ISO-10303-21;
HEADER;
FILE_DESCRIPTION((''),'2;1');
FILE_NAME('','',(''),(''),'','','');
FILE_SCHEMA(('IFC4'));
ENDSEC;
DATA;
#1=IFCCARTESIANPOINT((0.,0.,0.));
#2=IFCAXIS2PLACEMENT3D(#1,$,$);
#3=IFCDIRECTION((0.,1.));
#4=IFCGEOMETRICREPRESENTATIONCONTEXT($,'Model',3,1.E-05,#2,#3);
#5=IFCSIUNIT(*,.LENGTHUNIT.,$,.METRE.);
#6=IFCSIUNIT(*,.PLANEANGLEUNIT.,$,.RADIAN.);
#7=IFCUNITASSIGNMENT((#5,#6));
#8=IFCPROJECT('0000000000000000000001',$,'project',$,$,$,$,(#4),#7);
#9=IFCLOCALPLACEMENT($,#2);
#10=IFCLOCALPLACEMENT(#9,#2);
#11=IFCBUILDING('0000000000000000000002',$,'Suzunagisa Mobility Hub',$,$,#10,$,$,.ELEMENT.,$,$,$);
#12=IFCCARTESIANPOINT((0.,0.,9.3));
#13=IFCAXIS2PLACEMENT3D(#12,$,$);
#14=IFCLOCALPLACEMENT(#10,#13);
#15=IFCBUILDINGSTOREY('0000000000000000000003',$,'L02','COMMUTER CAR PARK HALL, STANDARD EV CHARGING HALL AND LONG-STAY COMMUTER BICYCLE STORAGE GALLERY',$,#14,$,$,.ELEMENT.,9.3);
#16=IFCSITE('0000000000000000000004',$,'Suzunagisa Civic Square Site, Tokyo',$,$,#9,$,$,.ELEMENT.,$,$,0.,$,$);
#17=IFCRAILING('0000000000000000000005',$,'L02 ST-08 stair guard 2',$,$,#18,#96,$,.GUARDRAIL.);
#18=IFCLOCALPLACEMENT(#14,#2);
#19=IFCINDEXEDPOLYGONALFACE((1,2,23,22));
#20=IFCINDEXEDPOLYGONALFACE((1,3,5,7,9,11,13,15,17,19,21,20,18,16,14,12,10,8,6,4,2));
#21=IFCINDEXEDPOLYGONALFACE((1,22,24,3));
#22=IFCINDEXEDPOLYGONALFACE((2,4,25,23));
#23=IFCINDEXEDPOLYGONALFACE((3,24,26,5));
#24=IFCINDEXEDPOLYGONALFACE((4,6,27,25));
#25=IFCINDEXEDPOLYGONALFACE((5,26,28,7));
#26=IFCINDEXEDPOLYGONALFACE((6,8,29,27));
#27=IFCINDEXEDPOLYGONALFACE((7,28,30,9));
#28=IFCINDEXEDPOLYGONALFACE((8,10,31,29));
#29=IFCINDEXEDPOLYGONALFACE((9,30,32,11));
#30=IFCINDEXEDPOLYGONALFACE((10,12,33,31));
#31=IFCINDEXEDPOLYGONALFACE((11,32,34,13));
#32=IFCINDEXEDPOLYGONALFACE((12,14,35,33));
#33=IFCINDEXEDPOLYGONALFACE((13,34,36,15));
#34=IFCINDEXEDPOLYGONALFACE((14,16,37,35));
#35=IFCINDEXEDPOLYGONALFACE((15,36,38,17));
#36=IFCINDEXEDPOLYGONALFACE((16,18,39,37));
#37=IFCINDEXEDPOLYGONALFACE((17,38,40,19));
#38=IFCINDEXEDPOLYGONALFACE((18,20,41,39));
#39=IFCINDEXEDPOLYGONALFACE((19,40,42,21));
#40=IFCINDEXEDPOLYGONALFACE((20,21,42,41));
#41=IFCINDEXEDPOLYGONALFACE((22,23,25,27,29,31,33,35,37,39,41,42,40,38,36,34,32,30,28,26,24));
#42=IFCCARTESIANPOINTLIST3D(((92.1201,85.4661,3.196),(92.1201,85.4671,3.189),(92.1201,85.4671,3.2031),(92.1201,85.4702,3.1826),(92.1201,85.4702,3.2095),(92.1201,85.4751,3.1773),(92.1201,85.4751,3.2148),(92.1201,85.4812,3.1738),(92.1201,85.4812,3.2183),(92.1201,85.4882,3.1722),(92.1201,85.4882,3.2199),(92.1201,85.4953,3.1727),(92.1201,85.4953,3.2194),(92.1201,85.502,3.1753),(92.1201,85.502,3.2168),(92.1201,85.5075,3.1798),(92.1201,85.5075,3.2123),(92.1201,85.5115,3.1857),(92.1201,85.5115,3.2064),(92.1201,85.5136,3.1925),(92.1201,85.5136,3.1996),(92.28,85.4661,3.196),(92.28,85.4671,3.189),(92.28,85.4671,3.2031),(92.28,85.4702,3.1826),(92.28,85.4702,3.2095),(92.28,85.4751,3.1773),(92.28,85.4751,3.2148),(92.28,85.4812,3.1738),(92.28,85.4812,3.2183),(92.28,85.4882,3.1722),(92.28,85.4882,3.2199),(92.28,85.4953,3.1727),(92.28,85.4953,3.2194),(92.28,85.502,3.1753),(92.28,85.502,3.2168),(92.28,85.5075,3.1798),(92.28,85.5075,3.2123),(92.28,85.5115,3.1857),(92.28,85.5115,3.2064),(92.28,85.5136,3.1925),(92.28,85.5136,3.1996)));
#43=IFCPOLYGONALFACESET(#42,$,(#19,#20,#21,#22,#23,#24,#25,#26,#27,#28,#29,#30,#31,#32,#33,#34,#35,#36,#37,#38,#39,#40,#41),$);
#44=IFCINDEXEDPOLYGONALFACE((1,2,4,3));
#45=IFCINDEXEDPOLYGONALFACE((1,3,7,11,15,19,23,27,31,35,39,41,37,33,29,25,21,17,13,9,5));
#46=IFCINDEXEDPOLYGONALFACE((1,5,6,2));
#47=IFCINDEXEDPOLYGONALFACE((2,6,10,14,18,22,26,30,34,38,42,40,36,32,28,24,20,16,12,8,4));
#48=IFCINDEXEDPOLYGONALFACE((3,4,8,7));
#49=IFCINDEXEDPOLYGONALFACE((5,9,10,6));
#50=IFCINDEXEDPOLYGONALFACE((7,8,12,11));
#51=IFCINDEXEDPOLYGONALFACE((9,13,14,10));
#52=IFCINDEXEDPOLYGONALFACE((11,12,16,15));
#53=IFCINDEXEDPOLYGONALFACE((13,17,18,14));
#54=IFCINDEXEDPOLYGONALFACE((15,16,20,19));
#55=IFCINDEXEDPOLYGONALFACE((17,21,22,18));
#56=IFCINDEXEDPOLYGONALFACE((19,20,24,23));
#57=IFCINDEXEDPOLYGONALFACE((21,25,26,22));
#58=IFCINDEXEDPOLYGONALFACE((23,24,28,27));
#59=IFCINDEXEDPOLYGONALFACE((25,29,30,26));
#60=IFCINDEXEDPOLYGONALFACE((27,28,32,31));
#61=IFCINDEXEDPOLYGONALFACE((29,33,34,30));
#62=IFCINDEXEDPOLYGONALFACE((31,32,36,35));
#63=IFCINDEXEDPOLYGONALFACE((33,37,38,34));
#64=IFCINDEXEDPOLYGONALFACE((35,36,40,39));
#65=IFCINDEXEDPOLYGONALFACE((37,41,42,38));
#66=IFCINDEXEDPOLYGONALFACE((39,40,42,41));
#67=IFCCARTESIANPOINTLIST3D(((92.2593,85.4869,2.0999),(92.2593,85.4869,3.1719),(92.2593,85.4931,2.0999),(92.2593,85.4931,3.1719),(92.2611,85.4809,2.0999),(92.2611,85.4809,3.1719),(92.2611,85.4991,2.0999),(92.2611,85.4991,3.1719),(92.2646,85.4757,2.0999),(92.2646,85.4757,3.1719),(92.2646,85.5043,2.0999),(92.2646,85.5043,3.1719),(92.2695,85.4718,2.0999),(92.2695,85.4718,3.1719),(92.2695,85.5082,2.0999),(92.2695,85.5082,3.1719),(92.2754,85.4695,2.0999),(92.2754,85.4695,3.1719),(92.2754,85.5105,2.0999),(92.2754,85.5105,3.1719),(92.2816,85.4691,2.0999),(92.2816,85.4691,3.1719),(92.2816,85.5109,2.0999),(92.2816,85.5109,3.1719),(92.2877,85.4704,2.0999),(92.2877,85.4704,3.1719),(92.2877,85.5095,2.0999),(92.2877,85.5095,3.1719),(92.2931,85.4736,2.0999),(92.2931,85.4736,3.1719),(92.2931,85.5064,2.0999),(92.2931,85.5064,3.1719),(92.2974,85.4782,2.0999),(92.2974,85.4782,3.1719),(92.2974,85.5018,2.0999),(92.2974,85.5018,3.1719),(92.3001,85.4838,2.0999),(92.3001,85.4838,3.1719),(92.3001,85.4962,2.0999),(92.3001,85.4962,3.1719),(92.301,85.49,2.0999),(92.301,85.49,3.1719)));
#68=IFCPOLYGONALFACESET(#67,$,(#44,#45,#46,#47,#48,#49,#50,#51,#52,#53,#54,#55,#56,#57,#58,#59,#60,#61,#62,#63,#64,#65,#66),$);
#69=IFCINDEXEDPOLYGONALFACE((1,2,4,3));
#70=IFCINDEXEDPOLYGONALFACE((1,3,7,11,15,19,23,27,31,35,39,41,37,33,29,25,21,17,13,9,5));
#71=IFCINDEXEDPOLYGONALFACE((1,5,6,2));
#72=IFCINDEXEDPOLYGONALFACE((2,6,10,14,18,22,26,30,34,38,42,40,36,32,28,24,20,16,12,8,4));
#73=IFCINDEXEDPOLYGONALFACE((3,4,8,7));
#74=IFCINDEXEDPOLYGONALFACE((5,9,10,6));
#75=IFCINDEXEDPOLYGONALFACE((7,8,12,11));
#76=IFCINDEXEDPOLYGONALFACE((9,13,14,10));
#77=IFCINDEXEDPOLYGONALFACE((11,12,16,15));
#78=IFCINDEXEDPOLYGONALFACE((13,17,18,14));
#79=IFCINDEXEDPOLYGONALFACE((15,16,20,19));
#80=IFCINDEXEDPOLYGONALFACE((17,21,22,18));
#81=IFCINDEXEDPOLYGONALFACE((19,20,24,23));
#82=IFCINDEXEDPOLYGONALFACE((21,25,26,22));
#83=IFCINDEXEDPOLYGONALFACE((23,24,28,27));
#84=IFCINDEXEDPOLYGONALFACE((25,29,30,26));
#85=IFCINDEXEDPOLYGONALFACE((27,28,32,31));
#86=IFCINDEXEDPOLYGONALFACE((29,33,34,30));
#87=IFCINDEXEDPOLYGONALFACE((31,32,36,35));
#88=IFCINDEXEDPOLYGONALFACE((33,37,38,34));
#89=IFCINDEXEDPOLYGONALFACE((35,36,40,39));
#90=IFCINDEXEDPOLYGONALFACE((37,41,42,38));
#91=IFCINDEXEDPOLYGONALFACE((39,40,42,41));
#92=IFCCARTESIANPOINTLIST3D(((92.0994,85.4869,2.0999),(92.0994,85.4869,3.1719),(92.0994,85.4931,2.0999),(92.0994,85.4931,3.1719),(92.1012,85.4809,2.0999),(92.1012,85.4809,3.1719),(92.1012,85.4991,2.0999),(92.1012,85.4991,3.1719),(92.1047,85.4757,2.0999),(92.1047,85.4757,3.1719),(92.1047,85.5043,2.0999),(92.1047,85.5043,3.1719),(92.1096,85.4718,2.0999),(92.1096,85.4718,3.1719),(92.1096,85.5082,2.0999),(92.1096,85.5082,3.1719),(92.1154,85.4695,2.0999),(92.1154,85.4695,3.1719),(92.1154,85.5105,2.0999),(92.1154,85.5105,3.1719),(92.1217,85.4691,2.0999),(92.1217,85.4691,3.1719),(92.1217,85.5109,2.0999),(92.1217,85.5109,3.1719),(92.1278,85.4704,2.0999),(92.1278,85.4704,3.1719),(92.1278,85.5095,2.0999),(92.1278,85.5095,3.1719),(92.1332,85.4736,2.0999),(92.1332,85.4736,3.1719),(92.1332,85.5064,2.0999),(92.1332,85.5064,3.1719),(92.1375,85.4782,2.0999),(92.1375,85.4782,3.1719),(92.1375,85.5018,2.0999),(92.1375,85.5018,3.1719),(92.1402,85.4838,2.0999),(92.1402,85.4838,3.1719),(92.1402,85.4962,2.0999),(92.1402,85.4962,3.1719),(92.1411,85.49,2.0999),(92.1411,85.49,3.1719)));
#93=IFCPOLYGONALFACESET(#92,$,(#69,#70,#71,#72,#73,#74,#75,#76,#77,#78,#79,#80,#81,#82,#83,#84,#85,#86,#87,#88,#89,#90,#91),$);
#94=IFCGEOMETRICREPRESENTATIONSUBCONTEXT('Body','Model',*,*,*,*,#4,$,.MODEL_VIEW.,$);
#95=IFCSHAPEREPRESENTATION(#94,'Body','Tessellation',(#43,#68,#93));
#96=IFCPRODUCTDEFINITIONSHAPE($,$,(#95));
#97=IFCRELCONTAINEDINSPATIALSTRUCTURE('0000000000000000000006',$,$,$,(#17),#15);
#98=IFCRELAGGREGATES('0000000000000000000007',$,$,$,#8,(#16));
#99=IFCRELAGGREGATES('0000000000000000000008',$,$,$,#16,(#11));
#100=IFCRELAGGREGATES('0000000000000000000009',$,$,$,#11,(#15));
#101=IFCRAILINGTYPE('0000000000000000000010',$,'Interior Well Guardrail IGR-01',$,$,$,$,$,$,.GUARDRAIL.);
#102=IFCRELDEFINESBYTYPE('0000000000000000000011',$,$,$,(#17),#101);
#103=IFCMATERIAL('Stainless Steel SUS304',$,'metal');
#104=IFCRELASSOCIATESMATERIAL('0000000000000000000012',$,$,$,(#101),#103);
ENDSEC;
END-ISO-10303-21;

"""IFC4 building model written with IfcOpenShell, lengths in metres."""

from ifc_helpers import new_model, si_unit, direction, frame, origin, origin_2d, place, context, subcontext, project, spatial, circle, extrude, material, type_object, element, save


model = new_model("IFC4")

# Units and contexts
model_context = context("Model", 3, precision=1e-05, world=origin(), true_north=direction((0.0, 1.0)))
body_context = subcontext(model_context, "Body", "Model", "MODEL_VIEW")
ifc_project = project(units=[si_unit("LENGTHUNIT", "METRE"), si_unit("PLANEANGLEUNIT", "RADIAN")], contexts=[model_context])

# Site, building, storey
site_placement = place(None, origin())
site = spatial("IfcSite", under=ifc_project, at=site_placement, Name="Suzunagisa Civic Square Site, Tokyo", CompositionType="ELEMENT", RefElevation=0.0)
building_placement = place(site_placement, origin())
building = spatial("IfcBuilding", under=site, at=building_placement, Name="Suzunagisa Mobility Hub", CompositionType="ELEMENT")
storey_placement = place(building_placement, frame((0.0, 0.0, 9.3)))
storey = spatial("IfcBuildingStorey", under=building, at=storey_placement, Name="L02", Description="COMMUTER CAR PARK HALL, STANDARD EV CHARGING HALL AND LONG-STAY COMMUTER BICYCLE STORAGE GALLERY", CompositionType="ELEMENT", Elevation=9.3)

# Railing
ifc_material_1 = material(Name="Stainless Steel SUS304", Category="metal")
railing_type_1 = type_object("IfcRailingType", Name="Interior Well Guardrail IGR-01", PredefinedType="GUARDRAIL", material=ifc_material_1)
railing_1_placement = place(storey_placement, frame((92.28, 85.49, 2.0999)))
element("IfcRailing", 1, at=railing_1_placement, inside=storey, type_object=railing_type_1, Name="L02 ST-08 stair guard 2", PredefinedType="GUARDRAIL", context=body_context, shape_type="SweptSolid", body=[
    extrude(circle(Radius=0.0239, at=origin_2d()), frame((0.0, 0.0, 1.0962), z_axis=(-1.0, 0.0, 0.0), x_axis=(0.0, -1.0, 0.0)), (0.0, 0.0, 1.0), 0.1599),
    extrude(circle(Radius=0.021, at=origin_2d()), origin(), (0.0, 0.0, 1.0), 1.072),
    extrude(circle(Radius=0.021, at=origin_2d()), frame((-0.1599, 0.0, 0.0)), (0.0, 0.0, 1.0), 1.072),
])

save(model, "model.ifc")
